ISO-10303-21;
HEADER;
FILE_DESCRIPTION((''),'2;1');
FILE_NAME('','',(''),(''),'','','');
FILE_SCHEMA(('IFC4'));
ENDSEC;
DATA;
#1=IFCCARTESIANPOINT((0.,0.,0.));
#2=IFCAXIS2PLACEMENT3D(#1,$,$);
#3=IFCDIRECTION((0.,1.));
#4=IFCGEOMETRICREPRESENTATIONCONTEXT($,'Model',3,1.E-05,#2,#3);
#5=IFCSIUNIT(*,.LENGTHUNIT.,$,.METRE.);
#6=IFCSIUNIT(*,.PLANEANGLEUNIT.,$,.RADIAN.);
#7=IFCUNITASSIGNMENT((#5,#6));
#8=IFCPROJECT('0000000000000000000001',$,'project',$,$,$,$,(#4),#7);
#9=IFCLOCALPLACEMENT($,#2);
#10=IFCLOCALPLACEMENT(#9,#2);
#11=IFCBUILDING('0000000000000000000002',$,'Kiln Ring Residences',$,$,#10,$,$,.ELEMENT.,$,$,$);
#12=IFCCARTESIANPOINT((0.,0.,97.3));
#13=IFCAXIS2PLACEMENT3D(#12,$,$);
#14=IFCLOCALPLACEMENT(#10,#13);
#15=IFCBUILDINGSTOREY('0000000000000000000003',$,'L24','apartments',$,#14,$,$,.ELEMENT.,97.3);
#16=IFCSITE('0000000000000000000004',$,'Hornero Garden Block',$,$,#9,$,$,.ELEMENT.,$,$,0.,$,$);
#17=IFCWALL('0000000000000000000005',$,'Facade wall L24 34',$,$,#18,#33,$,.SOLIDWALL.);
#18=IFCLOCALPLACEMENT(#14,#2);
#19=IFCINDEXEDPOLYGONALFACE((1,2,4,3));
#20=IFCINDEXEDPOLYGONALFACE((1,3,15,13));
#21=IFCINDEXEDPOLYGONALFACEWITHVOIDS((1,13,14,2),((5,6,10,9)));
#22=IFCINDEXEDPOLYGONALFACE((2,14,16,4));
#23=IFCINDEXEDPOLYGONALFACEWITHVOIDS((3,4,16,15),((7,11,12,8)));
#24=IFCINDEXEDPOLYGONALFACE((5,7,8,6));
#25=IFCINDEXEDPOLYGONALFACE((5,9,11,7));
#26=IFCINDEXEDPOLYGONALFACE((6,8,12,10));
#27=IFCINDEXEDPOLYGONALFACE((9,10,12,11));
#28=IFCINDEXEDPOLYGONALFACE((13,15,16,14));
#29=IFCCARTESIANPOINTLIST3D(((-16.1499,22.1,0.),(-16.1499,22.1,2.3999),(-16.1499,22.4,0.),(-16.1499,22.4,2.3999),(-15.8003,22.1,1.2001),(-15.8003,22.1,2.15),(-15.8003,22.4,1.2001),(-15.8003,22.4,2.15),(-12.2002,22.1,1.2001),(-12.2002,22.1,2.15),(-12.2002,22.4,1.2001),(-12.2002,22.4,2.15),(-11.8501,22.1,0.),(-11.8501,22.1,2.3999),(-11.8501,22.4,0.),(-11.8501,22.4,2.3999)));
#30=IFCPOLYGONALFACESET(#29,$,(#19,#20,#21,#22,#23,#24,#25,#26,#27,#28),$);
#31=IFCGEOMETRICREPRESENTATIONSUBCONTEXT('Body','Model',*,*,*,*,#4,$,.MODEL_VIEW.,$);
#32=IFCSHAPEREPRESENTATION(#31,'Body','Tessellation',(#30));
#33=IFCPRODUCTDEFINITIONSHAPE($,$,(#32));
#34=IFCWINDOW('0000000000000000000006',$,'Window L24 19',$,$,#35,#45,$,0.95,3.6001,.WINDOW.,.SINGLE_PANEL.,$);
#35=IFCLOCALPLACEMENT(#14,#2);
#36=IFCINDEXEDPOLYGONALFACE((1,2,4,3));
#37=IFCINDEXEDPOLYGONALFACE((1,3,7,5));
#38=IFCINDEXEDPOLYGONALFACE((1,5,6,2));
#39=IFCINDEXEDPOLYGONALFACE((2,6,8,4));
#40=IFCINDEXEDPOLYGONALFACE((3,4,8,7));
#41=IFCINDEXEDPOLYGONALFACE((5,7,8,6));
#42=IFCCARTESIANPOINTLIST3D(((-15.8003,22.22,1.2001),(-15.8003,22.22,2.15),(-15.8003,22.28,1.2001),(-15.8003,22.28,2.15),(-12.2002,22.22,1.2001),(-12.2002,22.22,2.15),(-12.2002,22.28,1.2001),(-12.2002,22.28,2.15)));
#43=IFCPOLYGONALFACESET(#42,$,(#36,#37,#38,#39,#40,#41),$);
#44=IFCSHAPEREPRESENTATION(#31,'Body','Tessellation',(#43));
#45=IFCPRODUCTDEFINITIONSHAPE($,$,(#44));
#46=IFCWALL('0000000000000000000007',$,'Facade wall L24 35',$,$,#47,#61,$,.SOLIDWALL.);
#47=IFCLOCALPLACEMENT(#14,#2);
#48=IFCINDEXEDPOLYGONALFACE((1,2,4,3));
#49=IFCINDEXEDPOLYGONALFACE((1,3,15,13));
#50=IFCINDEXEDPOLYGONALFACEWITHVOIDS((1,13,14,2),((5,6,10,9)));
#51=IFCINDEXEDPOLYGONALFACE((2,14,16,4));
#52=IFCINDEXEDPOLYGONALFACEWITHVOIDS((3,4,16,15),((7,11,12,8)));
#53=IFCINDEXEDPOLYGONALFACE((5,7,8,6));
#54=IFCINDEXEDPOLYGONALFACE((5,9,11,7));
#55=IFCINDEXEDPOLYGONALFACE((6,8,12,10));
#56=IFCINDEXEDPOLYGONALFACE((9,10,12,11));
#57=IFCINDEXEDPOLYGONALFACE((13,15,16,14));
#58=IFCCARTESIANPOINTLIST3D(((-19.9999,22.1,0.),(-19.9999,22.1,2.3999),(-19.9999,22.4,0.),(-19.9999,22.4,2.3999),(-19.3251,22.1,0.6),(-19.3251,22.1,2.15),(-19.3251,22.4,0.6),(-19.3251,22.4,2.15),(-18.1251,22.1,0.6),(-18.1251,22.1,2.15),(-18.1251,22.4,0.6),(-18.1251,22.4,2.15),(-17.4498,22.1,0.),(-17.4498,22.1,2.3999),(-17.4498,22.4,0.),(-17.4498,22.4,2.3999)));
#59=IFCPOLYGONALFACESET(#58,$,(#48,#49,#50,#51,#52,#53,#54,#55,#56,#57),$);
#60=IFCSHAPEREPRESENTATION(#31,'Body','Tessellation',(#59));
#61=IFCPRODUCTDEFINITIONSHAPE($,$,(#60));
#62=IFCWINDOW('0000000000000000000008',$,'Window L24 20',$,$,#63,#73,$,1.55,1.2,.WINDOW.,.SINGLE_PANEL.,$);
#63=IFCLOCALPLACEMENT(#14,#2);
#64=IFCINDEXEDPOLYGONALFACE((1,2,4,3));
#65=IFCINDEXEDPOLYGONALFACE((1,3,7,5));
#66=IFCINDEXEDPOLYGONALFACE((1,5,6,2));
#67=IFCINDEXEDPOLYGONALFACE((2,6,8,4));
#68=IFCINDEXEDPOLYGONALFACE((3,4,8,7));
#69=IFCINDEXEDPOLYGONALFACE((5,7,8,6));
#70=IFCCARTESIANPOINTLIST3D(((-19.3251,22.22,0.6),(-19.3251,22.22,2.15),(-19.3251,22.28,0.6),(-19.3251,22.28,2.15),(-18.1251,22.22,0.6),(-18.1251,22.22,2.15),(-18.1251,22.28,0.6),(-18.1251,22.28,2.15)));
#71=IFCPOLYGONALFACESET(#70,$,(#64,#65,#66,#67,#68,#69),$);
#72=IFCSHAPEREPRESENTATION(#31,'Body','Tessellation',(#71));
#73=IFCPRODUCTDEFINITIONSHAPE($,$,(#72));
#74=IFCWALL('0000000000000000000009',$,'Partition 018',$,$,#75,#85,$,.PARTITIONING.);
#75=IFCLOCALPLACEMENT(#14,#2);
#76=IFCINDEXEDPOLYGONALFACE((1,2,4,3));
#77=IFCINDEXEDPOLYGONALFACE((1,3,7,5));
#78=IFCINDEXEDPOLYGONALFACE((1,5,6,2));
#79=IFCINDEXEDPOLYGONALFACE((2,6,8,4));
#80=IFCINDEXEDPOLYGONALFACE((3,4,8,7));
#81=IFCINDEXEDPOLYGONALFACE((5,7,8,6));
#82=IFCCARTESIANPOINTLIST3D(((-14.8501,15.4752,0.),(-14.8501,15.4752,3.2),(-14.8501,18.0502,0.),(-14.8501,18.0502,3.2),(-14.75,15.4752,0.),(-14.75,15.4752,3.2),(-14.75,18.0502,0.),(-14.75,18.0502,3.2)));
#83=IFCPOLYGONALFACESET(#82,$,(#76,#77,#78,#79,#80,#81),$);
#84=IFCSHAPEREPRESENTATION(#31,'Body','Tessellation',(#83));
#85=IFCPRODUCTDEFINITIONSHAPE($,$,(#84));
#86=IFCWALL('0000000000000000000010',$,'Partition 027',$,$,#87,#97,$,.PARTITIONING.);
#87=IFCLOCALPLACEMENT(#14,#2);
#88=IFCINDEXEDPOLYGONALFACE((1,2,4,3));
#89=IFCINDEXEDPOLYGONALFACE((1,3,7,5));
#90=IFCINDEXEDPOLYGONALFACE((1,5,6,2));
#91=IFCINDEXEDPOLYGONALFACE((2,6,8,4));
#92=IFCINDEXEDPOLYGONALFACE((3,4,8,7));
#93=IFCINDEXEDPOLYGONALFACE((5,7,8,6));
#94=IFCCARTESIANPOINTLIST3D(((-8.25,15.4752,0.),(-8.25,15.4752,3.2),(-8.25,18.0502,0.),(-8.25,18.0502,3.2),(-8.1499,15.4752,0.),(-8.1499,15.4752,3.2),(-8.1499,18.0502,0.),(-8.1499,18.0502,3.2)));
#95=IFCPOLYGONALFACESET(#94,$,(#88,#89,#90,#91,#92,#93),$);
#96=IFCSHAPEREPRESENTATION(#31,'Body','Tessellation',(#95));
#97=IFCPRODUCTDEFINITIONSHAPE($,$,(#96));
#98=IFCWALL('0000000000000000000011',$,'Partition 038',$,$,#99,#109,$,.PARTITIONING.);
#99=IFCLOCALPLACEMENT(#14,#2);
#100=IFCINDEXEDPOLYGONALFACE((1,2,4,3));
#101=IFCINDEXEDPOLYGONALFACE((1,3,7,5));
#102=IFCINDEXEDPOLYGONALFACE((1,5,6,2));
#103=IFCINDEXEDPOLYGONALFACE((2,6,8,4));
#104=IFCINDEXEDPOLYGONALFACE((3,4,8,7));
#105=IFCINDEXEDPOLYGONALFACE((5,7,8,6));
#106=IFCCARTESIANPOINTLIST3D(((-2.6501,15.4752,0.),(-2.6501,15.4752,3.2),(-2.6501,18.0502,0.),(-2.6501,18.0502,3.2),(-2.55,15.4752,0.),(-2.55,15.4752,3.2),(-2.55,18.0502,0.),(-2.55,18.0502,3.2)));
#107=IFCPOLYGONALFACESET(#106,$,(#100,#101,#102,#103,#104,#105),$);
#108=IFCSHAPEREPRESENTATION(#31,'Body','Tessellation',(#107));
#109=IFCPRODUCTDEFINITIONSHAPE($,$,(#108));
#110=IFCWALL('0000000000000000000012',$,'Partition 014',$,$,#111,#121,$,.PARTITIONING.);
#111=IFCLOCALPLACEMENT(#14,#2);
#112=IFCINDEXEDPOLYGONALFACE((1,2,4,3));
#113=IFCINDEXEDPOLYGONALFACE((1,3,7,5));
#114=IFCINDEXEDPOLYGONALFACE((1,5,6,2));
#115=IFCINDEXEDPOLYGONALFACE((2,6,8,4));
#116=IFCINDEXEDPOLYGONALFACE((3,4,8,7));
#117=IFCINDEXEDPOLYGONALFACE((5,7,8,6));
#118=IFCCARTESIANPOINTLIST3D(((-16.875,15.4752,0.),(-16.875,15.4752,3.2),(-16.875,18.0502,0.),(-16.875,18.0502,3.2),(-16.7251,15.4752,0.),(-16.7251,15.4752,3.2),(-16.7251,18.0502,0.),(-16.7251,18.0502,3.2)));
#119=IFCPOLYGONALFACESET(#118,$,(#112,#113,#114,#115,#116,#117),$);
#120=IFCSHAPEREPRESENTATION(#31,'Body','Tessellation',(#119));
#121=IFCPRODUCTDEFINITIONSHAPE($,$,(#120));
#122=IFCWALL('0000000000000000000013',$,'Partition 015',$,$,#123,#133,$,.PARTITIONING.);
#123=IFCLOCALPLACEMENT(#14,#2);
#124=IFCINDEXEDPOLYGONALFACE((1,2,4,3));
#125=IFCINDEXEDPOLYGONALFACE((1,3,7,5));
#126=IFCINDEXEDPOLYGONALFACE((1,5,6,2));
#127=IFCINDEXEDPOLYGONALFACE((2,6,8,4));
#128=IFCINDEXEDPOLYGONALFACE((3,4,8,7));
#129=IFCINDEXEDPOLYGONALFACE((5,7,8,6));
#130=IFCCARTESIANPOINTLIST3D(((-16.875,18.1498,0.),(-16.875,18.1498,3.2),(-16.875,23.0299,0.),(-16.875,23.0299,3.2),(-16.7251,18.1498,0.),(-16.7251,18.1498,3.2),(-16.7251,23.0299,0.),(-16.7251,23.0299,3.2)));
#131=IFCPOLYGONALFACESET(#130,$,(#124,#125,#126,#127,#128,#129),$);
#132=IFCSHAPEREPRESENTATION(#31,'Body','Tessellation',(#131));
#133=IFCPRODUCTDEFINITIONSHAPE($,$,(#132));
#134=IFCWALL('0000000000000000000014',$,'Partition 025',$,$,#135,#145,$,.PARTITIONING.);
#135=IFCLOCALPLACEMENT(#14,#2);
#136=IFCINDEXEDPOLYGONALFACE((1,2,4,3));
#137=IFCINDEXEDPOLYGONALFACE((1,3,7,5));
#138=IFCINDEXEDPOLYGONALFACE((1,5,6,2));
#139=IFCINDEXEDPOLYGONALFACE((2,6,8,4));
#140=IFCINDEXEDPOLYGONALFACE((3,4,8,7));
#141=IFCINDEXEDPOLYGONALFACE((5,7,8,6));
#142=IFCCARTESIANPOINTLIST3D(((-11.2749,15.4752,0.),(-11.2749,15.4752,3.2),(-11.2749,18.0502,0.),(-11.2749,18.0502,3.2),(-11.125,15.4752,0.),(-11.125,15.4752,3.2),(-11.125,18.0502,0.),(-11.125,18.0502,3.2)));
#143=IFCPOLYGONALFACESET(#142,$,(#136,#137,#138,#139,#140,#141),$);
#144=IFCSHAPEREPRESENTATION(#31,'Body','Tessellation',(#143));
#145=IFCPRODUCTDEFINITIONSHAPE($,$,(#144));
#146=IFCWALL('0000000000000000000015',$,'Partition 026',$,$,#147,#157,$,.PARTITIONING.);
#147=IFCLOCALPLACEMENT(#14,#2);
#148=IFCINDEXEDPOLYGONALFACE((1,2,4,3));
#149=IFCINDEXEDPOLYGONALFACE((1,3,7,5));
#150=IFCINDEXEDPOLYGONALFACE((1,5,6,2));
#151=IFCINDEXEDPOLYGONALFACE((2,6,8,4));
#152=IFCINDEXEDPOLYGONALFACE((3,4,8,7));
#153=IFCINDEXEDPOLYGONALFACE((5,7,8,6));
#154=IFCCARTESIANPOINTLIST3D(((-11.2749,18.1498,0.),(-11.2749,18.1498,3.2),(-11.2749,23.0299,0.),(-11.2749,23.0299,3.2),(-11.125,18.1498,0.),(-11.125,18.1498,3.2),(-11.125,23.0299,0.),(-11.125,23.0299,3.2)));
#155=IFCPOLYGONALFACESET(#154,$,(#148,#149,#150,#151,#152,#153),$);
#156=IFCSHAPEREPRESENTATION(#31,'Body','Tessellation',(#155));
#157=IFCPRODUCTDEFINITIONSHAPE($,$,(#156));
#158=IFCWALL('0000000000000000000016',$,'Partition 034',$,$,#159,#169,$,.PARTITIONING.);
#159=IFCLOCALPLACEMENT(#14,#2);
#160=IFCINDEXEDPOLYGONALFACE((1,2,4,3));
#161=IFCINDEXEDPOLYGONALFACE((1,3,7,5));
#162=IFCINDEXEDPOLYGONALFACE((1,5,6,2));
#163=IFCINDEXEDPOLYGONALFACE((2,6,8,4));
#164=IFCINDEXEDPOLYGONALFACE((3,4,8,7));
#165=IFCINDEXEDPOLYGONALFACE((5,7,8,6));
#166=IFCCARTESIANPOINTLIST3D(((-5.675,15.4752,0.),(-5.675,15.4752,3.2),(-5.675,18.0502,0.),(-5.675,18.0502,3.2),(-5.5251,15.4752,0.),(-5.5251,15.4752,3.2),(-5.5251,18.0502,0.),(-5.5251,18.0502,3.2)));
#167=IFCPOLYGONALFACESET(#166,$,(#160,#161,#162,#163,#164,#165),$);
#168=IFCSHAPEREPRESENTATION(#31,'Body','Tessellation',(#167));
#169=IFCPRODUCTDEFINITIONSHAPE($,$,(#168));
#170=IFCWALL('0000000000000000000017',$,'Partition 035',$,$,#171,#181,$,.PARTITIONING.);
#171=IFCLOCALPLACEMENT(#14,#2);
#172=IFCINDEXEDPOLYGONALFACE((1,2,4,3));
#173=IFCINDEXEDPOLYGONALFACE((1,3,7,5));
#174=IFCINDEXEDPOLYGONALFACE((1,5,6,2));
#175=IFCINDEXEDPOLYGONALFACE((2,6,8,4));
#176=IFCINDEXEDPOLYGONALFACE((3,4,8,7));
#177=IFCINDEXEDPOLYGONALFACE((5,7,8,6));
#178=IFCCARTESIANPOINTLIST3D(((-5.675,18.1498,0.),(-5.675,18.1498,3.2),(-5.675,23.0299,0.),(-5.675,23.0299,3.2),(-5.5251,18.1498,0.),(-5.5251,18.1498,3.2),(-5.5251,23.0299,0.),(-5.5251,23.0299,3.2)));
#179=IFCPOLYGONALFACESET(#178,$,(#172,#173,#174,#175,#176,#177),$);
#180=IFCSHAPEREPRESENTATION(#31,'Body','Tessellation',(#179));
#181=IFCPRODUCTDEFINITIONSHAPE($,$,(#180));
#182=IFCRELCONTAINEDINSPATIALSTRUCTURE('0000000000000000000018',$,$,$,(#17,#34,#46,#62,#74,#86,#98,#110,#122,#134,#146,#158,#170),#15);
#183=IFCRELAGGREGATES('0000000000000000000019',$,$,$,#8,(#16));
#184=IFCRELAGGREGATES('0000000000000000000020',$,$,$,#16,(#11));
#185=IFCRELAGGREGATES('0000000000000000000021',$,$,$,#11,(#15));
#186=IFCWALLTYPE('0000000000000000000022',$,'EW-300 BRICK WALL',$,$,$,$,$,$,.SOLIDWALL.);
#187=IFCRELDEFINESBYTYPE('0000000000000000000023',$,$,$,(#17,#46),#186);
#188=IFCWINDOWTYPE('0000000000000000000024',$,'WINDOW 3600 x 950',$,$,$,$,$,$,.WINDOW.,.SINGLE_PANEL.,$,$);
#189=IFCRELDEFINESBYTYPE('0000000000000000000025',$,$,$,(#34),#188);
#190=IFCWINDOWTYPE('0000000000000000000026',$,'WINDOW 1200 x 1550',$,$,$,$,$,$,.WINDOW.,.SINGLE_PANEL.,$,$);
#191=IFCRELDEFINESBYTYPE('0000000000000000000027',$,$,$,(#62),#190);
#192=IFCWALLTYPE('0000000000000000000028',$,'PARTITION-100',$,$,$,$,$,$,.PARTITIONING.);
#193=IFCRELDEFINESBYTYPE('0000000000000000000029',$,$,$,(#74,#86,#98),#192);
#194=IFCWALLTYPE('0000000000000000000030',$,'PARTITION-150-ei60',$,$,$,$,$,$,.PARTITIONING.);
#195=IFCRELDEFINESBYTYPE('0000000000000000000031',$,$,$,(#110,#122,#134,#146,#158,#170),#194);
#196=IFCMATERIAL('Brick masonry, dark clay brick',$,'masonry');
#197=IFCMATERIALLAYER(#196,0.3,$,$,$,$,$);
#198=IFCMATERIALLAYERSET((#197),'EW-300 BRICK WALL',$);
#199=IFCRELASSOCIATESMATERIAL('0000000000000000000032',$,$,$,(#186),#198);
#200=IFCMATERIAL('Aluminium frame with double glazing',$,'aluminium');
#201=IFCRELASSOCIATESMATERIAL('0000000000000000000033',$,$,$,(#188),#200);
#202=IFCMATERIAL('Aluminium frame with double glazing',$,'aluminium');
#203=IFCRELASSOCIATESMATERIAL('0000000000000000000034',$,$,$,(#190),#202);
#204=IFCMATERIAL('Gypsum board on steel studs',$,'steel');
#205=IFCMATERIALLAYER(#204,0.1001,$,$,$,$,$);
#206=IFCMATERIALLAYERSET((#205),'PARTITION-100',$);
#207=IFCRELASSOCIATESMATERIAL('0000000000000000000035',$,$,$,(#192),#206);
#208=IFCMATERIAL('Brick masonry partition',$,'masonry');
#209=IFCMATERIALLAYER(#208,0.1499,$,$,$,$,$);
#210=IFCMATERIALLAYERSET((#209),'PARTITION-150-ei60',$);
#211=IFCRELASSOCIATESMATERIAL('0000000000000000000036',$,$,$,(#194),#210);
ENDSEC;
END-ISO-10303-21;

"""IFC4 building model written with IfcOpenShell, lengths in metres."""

from ifc_helpers import new_model, si_unit, direction, frame, frame_2d, origin, place, context, subcontext, project, spatial, rectangle, extrude, material, layer, layer_set, type_object, element, fill, save


model = new_model("IFC4")

# Units and contexts
model_context = context("Model", 3, precision=1e-05, world=origin(), true_north=direction((0.0, 1.0)))
body_context = subcontext(model_context, "Body", "Model", "MODEL_VIEW")
ifc_project = project(units=[si_unit("LENGTHUNIT", "METRE"), si_unit("PLANEANGLEUNIT", "RADIAN")], contexts=[model_context])

# Site, building, storey
site_placement = place(None, origin())
site = spatial("IfcSite", under=ifc_project, at=site_placement, Name="Hornero Garden Block", CompositionType="ELEMENT", RefElevation=0.0)
building_placement = place(site_placement, origin())
building = spatial("IfcBuilding", under=site, at=building_placement, Name="Kiln Ring Residences", CompositionType="ELEMENT")
storey_placement = place(building_placement, frame((0.0, 0.0, 97.3)))
storey = spatial("IfcBuildingStorey", under=building, at=storey_placement, Name="L24", Description="apartments", CompositionType="ELEMENT", Elevation=97.3)

# Walls, openings, windows
ifc_material_1 = material(Name="Brick masonry, dark clay brick", Category="masonry")
ifc_layer_1 = layer(ifc_material_1, 0.3)
ifc_layer_set_1 = layer_set([ifc_layer_1], Name="EW-300 BRICK WALL")
wall_type_1 = type_object("IfcWallType", Name="EW-300 BRICK WALL", PredefinedType="SOLIDWALL", material=ifc_layer_set_1)
ifc_material_2 = material(Name="Aluminium frame with double glazing", Category="aluminium")
window_type_1 = type_object("IfcWindowType", Name="WINDOW 3600 x 950", PartitioningType="SINGLE_PANEL", PredefinedType="WINDOW", material=ifc_material_2)
wall_1_placement = place(storey_placement, frame((-11.8501, 22.25, 0.0), z_axis=(0.0, 0.0, 1.0), x_axis=(-1.0, 0.0, 0.0)))
wall_1 = element("IfcWall", 1, at=wall_1_placement, inside=storey, type_object=wall_type_1, Name="Facade wall L24 34", PredefinedType="SOLIDWALL", context=body_context, shape_type="SweptSolid", body=[
    extrude(rectangle(XDim=4.2998, YDim=0.3, at=frame_2d((2.1499, 0.0))), origin(), (0.0, 0.0, 1.0), 2.3999),
])
opening_1_placement = place(wall_1_placement, frame((0.3501, 0.0, 1.2)))
opening_1 = element("IfcOpeningElement", 2, at=opening_1_placement, cuts=wall_1, PredefinedType="OPENING", context=body_context, shape_type="SweptSolid", body=[
    extrude(rectangle(XDim=3.6001, YDim=0.95, at=frame_2d((1.8, 0.4751))), frame((0.0, 0.1599, 0.0), z_axis=(0.0, -1.0, 0.0), x_axis=(1.0, 0.0, 0.0)), (0.0, 0.0, 1.0), 0.3201),
])
window_1_placement = place(opening_1_placement, origin())
window_1 = element("IfcWindow", 3, at=window_1_placement, inside=storey, type_object=window_type_1, Name="Window L24 19", OverallHeight=0.95, OverallWidth=3.6001, PartitioningType="SINGLE_PANEL", PredefinedType="WINDOW", context=body_context, shape_type="SweptSolid", body=[
    extrude(rectangle(XDim=3.6001, YDim=0.95, at=frame_2d((1.8, 0.4751))), frame((0.0, 0.03, 0.0), z_axis=(0.0, -1.0, 0.0), x_axis=(1.0, 0.0, 0.0)), (0.0, 0.0, 1.0), 0.0601),
])
fill(opening_1, window_1)
wall_2_placement = place(storey_placement, frame((-17.45, 22.25, 0.0), z_axis=(0.0, 0.0, 1.0), x_axis=(-1.0, 0.0, 0.0)))
wall_2 = element("IfcWall", 4, at=wall_2_placement, inside=storey, type_object=wall_type_1, Name="Facade wall L24 35", PredefinedType="SOLIDWALL", context=body_context, shape_type="SweptSolid", body=[
    extrude(rectangle(XDim=2.55, YDim=0.3, at=frame_2d((1.2749, 0.0))), origin(), (0.0, 0.0, 1.0), 2.3999),
])
opening_2_placement = place(wall_2_placement, frame((0.675, 0.0, 0.6001)))
opening_2 = element("IfcOpeningElement", 5, at=opening_2_placement, cuts=wall_2, PredefinedType="OPENING", context=body_context, shape_type="SweptSolid", body=[
    extrude(rectangle(XDim=1.2, YDim=1.55, at=frame_2d((0.6001, 0.7749))), frame((0.0, 0.1599, 0.0), z_axis=(0.0, -1.0, 0.0), x_axis=(1.0, 0.0, 0.0)), (0.0, 0.0, 1.0), 0.3201),
])
ifc_material_3 = material(Name="Aluminium frame with double glazing", Category="aluminium")
window_type_2 = type_object("IfcWindowType", Name="WINDOW 1200 x 1550", PartitioningType="SINGLE_PANEL", PredefinedType="WINDOW", material=ifc_material_3)
window_2_placement = place(opening_2_placement, origin())
window_2 = element("IfcWindow", 6, at=window_2_placement, inside=storey, type_object=window_type_2, Name="Window L24 20", OverallHeight=1.55, OverallWidth=1.2, PartitioningType="SINGLE_PANEL", PredefinedType="WINDOW", context=body_context, shape_type="SweptSolid", body=[
    extrude(rectangle(XDim=1.2, YDim=1.55, at=frame_2d((0.6001, 0.7749))), frame((0.0, 0.03, 0.0), z_axis=(0.0, -1.0, 0.0), x_axis=(1.0, 0.0, 0.0)), (0.0, 0.0, 1.0), 0.0601),
])
fill(opening_2, window_2)

# Walls
ifc_material_4 = material(Name="Gypsum board on steel studs", Category="steel")
ifc_layer_2 = layer(ifc_material_4, 0.1001)
ifc_layer_set_2 = layer_set([ifc_layer_2], Name="PARTITION-100")
wall_type_2 = type_object("IfcWallType", Name="PARTITION-100", PredefinedType="PARTITIONING", material=ifc_layer_set_2)
for number, where, z_axis, x_axis, name in (
    (7, (-14.8, 15.4751, 0.0), (0.0, 0.0, 1.0), (0.0, 1.0, 0.0), "Partition 018"),
    (8, (-8.2, 15.4751, 0.0), (0.0, 0.0, 1.0), (0.0, 1.0, 0.0), "Partition 027"),
    (9, (-2.6001, 15.4751, 0.0), (0.0, 0.0, 1.0), (0.0, 1.0, 0.0), "Partition 038"),
):
    element("IfcWall", number, at=place(storey_placement, frame(where, z_axis=z_axis, x_axis=x_axis)), inside=storey, type_object=wall_type_2, Name=name, PredefinedType="PARTITIONING", context=body_context, shape_type="SweptSolid", body=[
        extrude(rectangle(XDim=2.575, YDim=0.1001, at=frame_2d((1.2876, 0.0))), origin(), (0.0, 0.0, 1.0), 3.2),
    ])
ifc_material_5 = material(Name="Brick masonry partition", Category="masonry")
ifc_layer_3 = layer(ifc_material_5, 0.1499)
ifc_layer_set_3 = layer_set([ifc_layer_3], Name="PARTITION-150-ei60")
wall_type_3 = type_object("IfcWallType", Name="PARTITION-150-ei60", PredefinedType="PARTITIONING", material=ifc_layer_set_3)
wall_3_placement = place(storey_placement, frame((-16.8, 15.4751, 0.0), z_axis=(0.0, 0.0, 1.0), x_axis=(0.0, 1.0, 0.0)))
element("IfcWall", 10, at=wall_3_placement, inside=storey, type_object=wall_type_3, Name="Partition 014", PredefinedType="PARTITIONING", context=body_context, shape_type="SweptSolid", body=[
    extrude(rectangle(XDim=2.575, YDim=0.1499, at=frame_2d((1.2876, 0.0))), origin(), (0.0, 0.0, 1.0), 3.2),
])
wall_4_placement = place(storey_placement, frame((-16.8, 18.1499, 0.0), z_axis=(0.0, 0.0, 1.0), x_axis=(0.0, 1.0, 0.0)))
element("IfcWall", 11, at=wall_4_placement, inside=storey, type_object=wall_type_3, Name="Partition 015", PredefinedType="PARTITIONING", context=body_context, shape_type="SweptSolid", body=[
    extrude(rectangle(XDim=4.8801, YDim=0.1499, at=frame_2d((2.4399, 0.0))), origin(), (0.0, 0.0, 1.0), 3.2),
])
wall_5_placement = place(storey_placement, frame((-11.2, 15.4751, 0.0), z_axis=(0.0, 0.0, 1.0), x_axis=(0.0, 1.0, 0.0)))
element("IfcWall", 12, at=wall_5_placement, inside=storey, type_object=wall_type_3, Name="Partition 025", PredefinedType="PARTITIONING", context=body_context, shape_type="SweptSolid", body=[
    extrude(rectangle(XDim=2.575, YDim=0.1499, at=frame_2d((1.2876, 0.0))), origin(), (0.0, 0.0, 1.0), 3.2),
])
wall_6_placement = place(storey_placement, frame((-11.2, 18.1499, 0.0), z_axis=(0.0, 0.0, 1.0), x_axis=(0.0, 1.0, 0.0)))
element("IfcWall", 13, at=wall_6_placement, inside=storey, type_object=wall_type_3, Name="Partition 026", PredefinedType="PARTITIONING", context=body_context, shape_type="SweptSolid", body=[
    extrude(rectangle(XDim=4.8801, YDim=0.1499, at=frame_2d((2.4399, 0.0))), origin(), (0.0, 0.0, 1.0), 3.2),
])
wall_7_placement = place(storey_placement, frame((-5.6001, 15.4751, 0.0), z_axis=(0.0, 0.0, 1.0), x_axis=(0.0, 1.0, 0.0)))
element("IfcWall", 14, at=wall_7_placement, inside=storey, type_object=wall_type_3, Name="Partition 034", PredefinedType="PARTITIONING", context=body_context, shape_type="SweptSolid", body=[
    extrude(rectangle(XDim=2.575, YDim=0.1499, at=frame_2d((1.2876, 0.0))), origin(), (0.0, 0.0, 1.0), 3.2),
])
wall_8_placement = place(storey_placement, frame((-5.6001, 18.1499, 0.0), z_axis=(0.0, 0.0, 1.0), x_axis=(0.0, 1.0, 0.0)))
element("IfcWall", 15, at=wall_8_placement, inside=storey, type_object=wall_type_3, Name="Partition 035", PredefinedType="PARTITIONING", context=body_context, shape_type="SweptSolid", body=[
    extrude(rectangle(XDim=4.8801, YDim=0.1499, at=frame_2d((2.4399, 0.0))), origin(), (0.0, 0.0, 1.0), 3.2),
])

save(model, "model.ifc")
